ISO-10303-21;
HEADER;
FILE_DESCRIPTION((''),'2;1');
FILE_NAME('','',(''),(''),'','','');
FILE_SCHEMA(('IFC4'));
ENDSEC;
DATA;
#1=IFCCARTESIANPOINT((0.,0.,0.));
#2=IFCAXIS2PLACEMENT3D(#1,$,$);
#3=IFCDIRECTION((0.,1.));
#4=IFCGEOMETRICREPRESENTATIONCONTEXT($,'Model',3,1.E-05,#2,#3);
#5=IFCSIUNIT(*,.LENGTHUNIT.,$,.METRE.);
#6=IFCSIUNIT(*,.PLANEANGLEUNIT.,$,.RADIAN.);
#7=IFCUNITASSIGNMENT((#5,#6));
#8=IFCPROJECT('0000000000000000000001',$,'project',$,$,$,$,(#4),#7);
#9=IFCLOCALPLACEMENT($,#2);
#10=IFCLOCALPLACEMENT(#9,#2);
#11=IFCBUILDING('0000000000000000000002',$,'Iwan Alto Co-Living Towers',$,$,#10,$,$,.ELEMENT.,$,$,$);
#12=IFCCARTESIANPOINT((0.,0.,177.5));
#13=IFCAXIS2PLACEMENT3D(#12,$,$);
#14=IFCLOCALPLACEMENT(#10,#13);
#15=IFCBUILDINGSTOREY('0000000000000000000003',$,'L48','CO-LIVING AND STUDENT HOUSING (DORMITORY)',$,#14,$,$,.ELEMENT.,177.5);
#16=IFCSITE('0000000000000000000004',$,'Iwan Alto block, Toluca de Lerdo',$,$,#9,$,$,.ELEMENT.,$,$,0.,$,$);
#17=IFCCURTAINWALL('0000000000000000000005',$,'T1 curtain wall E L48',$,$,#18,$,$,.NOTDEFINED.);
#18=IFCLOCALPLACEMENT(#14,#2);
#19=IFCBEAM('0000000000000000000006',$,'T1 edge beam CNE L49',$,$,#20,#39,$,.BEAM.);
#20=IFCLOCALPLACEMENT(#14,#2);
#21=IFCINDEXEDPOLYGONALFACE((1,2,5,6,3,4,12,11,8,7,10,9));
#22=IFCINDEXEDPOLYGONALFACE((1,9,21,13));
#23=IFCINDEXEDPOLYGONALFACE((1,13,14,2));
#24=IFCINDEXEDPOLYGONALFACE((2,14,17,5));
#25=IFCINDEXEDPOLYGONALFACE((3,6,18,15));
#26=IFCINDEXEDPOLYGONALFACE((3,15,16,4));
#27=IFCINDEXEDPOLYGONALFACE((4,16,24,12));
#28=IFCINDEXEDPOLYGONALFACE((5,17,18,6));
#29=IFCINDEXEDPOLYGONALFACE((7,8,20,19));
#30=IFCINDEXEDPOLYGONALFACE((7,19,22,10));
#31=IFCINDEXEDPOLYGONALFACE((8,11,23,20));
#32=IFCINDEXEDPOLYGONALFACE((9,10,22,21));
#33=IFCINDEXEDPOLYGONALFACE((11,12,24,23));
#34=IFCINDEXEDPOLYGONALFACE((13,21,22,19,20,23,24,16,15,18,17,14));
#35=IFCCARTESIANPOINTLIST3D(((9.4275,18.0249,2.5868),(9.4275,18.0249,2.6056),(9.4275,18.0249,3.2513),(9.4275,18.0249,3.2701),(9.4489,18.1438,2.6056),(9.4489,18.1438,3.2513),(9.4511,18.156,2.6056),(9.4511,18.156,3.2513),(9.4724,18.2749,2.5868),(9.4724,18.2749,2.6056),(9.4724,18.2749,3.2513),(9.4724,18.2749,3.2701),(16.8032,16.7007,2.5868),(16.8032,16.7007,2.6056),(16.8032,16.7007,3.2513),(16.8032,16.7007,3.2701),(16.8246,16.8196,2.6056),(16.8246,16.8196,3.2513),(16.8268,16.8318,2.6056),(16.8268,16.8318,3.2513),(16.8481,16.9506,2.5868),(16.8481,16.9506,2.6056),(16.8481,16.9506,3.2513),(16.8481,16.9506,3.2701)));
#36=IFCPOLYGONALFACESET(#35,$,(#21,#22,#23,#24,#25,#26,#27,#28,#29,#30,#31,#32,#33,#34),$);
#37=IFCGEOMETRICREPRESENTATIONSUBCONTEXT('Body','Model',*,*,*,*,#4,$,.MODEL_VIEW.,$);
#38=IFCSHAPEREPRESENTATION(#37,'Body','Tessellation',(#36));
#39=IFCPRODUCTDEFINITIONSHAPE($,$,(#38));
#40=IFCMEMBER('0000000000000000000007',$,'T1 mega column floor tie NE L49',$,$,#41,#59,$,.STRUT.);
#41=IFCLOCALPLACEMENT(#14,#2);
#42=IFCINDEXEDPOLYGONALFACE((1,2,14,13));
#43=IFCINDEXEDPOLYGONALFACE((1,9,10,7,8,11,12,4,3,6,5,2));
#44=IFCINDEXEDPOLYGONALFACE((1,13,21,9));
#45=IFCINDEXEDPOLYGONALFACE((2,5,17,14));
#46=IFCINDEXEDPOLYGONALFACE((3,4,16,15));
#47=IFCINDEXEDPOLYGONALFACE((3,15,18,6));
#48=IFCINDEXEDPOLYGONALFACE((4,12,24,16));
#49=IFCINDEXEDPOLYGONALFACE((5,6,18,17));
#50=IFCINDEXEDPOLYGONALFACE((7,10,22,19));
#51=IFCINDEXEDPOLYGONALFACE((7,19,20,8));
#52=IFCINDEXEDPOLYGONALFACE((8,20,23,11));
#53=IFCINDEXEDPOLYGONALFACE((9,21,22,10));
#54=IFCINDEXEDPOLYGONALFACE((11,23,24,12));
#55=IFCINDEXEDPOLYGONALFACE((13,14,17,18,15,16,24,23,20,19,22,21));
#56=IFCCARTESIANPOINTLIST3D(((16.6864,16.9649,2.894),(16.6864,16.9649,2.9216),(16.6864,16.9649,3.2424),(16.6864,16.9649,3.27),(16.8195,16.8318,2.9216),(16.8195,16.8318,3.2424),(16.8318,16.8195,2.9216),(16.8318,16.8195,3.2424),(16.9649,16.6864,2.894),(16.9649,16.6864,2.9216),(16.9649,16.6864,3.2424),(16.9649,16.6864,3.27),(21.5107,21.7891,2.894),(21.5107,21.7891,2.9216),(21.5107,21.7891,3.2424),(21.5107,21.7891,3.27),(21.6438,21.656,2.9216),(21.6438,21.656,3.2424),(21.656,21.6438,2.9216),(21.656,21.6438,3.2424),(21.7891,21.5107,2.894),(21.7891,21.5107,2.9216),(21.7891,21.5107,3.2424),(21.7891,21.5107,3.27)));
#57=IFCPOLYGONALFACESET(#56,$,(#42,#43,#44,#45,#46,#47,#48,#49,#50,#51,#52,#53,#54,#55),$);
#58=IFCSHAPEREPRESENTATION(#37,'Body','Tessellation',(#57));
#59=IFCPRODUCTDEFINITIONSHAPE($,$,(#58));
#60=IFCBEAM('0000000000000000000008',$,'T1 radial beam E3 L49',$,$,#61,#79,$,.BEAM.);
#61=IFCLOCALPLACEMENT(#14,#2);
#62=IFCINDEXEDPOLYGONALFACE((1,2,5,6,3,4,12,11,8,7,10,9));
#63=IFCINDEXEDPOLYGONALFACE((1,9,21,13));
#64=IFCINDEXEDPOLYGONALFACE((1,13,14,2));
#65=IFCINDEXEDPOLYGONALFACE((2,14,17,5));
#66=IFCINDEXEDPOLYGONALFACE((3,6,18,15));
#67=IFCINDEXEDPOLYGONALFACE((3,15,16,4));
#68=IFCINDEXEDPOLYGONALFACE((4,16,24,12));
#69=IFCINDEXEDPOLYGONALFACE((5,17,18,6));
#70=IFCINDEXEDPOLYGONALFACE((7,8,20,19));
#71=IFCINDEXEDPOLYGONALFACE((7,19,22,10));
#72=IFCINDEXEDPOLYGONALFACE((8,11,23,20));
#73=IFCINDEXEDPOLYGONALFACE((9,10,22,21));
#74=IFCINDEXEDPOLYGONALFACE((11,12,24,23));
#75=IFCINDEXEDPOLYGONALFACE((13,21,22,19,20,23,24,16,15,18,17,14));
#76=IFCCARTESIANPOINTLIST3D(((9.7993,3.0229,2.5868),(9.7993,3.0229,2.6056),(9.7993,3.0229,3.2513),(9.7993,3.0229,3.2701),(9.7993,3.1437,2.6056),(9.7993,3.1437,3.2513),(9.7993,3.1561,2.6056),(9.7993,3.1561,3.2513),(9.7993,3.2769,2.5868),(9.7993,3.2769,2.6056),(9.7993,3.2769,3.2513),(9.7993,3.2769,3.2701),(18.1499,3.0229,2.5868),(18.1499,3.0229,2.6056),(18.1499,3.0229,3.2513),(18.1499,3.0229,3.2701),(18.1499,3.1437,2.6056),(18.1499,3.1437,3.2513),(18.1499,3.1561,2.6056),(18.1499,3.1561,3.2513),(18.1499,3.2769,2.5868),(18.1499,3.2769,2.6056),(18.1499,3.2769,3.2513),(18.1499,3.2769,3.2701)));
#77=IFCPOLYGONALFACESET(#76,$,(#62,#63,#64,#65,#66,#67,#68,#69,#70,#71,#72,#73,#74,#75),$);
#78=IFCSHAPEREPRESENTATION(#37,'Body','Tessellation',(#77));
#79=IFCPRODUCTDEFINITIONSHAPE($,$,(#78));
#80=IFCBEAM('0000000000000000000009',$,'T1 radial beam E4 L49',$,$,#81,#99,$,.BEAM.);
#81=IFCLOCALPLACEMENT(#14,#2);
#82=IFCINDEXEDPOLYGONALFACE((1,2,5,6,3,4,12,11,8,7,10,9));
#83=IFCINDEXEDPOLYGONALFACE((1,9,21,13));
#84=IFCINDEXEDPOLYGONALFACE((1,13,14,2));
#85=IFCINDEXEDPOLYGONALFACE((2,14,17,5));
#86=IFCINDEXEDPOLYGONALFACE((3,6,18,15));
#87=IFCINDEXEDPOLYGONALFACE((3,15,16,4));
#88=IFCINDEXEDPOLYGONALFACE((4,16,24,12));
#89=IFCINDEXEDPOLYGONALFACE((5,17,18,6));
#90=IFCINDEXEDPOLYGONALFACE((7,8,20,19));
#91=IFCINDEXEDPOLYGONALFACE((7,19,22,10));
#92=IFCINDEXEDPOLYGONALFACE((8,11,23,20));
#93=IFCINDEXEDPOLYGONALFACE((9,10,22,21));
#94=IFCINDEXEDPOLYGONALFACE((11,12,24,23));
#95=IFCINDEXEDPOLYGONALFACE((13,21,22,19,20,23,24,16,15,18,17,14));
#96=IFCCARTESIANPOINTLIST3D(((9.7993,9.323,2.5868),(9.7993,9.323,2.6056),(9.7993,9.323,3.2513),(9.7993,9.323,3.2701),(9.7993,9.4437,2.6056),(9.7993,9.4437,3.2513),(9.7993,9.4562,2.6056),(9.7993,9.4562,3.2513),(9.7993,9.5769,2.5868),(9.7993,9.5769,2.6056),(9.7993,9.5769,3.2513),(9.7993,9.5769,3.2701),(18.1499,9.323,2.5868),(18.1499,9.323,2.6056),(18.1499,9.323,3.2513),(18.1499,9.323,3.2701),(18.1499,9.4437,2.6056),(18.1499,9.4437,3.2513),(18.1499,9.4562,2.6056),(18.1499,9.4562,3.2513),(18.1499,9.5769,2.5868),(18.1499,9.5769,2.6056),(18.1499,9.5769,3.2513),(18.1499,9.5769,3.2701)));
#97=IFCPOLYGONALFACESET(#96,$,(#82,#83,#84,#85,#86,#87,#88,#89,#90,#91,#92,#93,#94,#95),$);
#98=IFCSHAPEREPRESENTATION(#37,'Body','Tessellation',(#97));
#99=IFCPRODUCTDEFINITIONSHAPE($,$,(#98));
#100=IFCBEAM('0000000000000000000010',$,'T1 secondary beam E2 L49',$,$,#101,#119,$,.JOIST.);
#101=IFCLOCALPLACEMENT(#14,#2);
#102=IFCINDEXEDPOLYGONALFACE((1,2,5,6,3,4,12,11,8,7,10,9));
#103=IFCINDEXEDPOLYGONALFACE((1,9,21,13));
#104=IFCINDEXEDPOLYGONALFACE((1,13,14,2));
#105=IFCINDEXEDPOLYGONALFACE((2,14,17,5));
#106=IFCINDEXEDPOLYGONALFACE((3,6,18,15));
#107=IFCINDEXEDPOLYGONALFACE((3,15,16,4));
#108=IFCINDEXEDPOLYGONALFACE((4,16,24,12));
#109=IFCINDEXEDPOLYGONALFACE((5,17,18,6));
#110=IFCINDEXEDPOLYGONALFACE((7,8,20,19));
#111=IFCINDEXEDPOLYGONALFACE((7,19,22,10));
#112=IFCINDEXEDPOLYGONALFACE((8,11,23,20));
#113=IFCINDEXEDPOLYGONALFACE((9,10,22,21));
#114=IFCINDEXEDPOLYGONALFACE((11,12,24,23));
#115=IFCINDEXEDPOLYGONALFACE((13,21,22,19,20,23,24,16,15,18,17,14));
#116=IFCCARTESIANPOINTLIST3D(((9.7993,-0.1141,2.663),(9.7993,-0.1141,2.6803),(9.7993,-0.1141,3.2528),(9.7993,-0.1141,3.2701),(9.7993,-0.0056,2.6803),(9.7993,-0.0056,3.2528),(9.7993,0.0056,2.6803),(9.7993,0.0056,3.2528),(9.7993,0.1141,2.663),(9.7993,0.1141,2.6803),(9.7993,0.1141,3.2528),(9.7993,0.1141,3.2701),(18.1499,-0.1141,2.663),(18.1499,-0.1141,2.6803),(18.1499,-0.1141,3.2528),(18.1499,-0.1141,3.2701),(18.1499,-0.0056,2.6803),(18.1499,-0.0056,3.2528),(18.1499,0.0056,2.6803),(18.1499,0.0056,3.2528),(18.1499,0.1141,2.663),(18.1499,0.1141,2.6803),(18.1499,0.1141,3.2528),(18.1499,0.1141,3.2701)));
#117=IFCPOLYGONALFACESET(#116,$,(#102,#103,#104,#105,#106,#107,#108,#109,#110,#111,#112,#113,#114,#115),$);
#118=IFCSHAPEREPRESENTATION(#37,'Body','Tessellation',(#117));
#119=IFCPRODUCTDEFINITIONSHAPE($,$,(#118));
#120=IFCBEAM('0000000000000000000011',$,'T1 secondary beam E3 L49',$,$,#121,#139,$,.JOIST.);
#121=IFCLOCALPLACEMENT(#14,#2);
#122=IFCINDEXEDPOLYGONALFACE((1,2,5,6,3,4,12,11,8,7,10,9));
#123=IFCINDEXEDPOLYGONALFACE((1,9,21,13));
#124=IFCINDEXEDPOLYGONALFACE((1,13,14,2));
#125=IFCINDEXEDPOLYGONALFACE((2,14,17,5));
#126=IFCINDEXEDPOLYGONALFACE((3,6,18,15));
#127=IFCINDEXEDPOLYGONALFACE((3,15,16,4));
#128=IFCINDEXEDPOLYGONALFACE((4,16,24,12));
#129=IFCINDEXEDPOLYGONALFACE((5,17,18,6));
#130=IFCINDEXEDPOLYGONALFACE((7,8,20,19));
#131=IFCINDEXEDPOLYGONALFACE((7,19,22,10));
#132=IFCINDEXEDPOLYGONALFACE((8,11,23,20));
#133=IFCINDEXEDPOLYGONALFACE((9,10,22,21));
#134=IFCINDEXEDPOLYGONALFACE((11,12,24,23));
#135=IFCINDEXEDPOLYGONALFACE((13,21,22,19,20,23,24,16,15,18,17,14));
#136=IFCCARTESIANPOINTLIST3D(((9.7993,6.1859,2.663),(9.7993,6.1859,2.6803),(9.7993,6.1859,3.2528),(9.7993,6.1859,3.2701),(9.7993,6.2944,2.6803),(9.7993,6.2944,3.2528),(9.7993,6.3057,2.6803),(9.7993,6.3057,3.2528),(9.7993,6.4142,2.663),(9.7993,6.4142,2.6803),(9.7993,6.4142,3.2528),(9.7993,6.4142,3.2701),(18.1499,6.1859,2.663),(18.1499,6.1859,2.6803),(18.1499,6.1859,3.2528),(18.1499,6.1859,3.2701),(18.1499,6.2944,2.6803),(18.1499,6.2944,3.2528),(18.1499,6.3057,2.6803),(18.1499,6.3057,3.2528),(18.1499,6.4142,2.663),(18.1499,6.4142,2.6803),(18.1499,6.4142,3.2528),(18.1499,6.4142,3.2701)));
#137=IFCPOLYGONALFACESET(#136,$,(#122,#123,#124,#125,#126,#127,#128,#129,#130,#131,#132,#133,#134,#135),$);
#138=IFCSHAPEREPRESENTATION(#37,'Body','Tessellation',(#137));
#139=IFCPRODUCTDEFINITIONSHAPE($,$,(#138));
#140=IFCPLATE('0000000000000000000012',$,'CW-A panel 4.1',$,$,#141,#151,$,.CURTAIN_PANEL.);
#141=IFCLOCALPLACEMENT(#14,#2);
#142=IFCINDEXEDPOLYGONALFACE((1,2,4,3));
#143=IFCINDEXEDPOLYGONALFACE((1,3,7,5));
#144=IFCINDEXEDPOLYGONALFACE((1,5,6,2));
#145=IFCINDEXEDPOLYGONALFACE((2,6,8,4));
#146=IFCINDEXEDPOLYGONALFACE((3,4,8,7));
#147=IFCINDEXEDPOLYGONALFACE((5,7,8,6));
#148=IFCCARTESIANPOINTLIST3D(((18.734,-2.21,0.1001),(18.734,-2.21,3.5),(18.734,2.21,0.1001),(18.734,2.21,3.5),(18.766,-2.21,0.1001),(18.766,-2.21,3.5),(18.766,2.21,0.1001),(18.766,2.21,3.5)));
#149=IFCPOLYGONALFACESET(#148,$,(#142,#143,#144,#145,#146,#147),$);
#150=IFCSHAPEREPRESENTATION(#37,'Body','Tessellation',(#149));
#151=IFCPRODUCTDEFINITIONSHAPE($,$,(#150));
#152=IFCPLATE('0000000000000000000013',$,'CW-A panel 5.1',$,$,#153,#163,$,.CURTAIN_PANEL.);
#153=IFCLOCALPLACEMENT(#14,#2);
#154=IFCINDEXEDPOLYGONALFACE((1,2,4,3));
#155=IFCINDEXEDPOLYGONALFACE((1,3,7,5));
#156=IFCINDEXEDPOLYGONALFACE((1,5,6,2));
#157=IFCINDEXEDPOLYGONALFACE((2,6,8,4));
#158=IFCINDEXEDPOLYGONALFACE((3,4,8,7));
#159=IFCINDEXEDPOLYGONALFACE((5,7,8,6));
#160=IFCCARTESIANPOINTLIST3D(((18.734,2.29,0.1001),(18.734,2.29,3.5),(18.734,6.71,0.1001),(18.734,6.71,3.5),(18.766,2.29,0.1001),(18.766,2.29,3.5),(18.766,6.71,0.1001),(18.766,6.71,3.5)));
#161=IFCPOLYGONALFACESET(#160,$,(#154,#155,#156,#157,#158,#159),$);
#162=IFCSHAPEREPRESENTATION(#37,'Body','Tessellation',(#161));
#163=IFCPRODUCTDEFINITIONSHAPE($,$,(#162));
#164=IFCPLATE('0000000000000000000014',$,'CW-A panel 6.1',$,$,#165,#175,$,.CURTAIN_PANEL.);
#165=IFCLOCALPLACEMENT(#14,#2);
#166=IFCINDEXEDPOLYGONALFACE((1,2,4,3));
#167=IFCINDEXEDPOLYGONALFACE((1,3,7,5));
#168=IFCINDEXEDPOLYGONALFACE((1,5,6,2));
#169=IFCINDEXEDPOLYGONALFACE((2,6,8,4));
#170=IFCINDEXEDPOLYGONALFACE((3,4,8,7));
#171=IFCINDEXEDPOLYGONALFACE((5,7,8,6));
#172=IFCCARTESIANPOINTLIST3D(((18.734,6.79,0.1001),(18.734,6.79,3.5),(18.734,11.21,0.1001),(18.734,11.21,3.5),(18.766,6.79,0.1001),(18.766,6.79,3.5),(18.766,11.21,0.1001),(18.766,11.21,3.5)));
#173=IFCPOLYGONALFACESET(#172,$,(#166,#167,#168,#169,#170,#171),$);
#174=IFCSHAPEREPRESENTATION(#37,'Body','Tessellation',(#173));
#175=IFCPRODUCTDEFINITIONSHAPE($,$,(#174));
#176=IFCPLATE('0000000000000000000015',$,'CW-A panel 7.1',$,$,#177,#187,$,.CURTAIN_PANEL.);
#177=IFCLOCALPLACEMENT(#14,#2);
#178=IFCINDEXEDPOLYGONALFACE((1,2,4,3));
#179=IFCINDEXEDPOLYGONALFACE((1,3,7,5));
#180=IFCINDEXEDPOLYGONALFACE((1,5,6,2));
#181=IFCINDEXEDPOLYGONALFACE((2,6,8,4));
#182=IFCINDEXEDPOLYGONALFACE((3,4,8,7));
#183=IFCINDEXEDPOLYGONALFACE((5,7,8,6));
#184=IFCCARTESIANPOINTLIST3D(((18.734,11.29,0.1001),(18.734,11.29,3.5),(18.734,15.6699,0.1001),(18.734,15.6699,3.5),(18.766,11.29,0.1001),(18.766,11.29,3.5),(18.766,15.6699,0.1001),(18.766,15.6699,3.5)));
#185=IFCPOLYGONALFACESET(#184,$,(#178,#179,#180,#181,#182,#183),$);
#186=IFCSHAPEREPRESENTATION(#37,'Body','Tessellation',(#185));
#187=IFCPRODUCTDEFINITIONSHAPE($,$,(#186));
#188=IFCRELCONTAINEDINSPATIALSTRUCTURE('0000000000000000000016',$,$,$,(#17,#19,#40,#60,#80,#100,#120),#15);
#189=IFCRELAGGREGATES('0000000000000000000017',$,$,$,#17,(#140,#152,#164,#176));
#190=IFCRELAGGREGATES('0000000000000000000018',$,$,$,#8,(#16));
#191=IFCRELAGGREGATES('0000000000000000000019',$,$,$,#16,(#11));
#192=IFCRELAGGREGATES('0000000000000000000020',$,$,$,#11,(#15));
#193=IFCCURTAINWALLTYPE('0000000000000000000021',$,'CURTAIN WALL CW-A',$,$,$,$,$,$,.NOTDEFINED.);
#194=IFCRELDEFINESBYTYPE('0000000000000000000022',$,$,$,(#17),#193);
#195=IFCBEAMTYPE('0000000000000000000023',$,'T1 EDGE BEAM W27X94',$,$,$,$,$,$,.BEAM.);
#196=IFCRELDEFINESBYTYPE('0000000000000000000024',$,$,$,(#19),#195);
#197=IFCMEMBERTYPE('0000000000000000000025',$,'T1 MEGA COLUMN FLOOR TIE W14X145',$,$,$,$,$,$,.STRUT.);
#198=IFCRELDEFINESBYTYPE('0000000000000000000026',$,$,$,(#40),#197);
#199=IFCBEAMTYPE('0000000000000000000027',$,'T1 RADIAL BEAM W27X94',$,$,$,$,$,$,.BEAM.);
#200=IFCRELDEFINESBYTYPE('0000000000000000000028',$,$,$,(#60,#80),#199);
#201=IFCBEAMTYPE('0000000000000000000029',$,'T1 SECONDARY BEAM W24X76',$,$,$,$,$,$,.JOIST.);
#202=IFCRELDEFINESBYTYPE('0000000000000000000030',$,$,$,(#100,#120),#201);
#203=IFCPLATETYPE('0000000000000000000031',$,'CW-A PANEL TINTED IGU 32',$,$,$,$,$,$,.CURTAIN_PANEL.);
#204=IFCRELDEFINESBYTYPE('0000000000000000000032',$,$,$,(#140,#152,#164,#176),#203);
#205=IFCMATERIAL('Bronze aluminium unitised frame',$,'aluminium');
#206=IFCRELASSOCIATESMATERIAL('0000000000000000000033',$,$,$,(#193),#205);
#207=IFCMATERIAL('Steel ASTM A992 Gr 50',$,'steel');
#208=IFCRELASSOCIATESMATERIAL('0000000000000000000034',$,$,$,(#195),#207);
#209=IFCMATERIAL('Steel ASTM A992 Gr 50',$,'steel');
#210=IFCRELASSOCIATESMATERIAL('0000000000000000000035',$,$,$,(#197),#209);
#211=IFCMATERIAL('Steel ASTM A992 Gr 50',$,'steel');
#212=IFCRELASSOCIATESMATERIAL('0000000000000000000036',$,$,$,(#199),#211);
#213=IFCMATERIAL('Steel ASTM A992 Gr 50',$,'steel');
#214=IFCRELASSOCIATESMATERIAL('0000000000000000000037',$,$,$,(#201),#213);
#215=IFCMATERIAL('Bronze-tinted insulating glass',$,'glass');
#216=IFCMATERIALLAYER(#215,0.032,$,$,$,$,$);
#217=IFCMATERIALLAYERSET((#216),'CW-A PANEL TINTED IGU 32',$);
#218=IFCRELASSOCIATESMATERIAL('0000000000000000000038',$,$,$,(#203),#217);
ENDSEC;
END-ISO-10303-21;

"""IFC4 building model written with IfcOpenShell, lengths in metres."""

from ifc_helpers import new_model, si_unit, direction, frame, origin, origin_2d, place, context, subcontext, project, spatial, rectangle, i_section, extrude, material, layer, layer_set, material_profile, profile_set, type_object, element, aggregate, save


model = new_model("IFC4")

# Units and contexts
model_context = context("Model", 3, precision=1e-05, world=origin(), true_north=direction((0.0, 1.0)))
body_context = subcontext(model_context, "Body", "Model", "MODEL_VIEW")
ifc_project = project(units=[si_unit("LENGTHUNIT", "METRE"), si_unit("PLANEANGLEUNIT", "RADIAN")], contexts=[model_context])

# Site, building, storey
site_placement = place(None, origin())
site = spatial("IfcSite", under=ifc_project, at=site_placement, Name="Iwan Alto block, Toluca de Lerdo", CompositionType="ELEMENT", RefElevation=0.0)
building_placement = place(site_placement, origin())
building = spatial("IfcBuilding", under=site, at=building_placement, Name="Iwan Alto Co-Living Towers", CompositionType="ELEMENT")
storey_placement = place(building_placement, frame((0.0, 0.0, 177.5)))
storey = spatial("IfcBuildingStorey", under=building, at=storey_placement, Name="L48", Description="CO-LIVING AND STUDENT HOUSING (DORMITORY)", CompositionType="ELEMENT", Elevation=177.5)

# Curtain wall
ifc_material_1 = material(Name="Bronze aluminium unitised frame", Category="aluminium")
curtain_wall_type_1 = type_object("IfcCurtainWallType", Name="CURTAIN WALL CW-A", PredefinedType="NOTDEFINED", material=ifc_material_1)
curtain_wall_1_placement = place(storey_placement, origin())
curtain_wall_1 = element("IfcCurtainWall", 1, at=curtain_wall_1_placement, inside=storey, type_object=curtain_wall_type_1, Name="T1 curtain wall E L48", PredefinedType="NOTDEFINED")

# Beam
ifc_material_2 = material(Name="Steel ASTM A992 Gr 50", Category="steel")
ifc_material_profile_1 = material_profile(ifc_material_2, i_section(OverallWidth=0.2539, OverallDepth=0.6833, WebThickness=0.0125, FlangeThickness=0.0188, at=origin_2d()), Name="W27X94")
ifc_profile_set_1 = profile_set([ifc_material_profile_1], Name="Steel ASTM A992 Gr 50")
beam_type_1 = type_object("IfcBeamType", Name="T1 EDGE BEAM W27X94", PredefinedType="BEAM", material=ifc_profile_set_1)
for number, where, z_axis, x_axis, name in (
    (2, (16.8257, 16.8257, 2.9285), (-0.984263, 0.176712, 0.0), (-0.176712, -0.984263, 0.0), "T1 edge beam CNE L49"),
):
    element("IfcBeam", number, at=place(storey_placement, frame(where, z_axis=z_axis, x_axis=x_axis)), inside=storey, type_object=beam_type_1, Name=name, PredefinedType="BEAM", context=body_context, shape_type="SweptSolid", body=[
        extrude(i_section(OverallWidth=0.2539, OverallDepth=0.6833, WebThickness=0.0125, FlangeThickness=0.0188, at=origin_2d()), origin(), (0.0, 0.0, 1.0), 7.4937),
    ])

# Member
ifc_material_3 = material(Name="Steel ASTM A992 Gr 50", Category="steel")
ifc_material_profile_2 = material_profile(ifc_material_3, i_section(OverallWidth=0.3938, OverallDepth=0.376, WebThickness=0.0173, FlangeThickness=0.0276, at=origin_2d()), Name="W14X145")
ifc_profile_set_2 = profile_set([ifc_material_profile_2], Name="Steel ASTM A992 Gr 50")
member_type_1 = type_object("IfcMemberType", Name="T1 MEGA COLUMN FLOOR TIE W14X145", PredefinedType="STRUT", material=ifc_profile_set_2)
member_1_placement = place(storey_placement, frame((21.6499, 21.6499, 3.082), z_axis=(-0.707107, -0.707107, 0.0), x_axis=(0.707107, -0.707107, 0.0)))
element("IfcMember", 3, at=member_1_placement, inside=storey, type_object=member_type_1, Name="T1 mega column floor tie NE L49", PredefinedType="STRUT", context=body_context, shape_type="SweptSolid", body=[
    extrude(i_section(OverallWidth=0.3938, OverallDepth=0.376, WebThickness=0.0173, FlangeThickness=0.0276, at=origin_2d()), origin(), (0.0, 0.0, 1.0), 6.8225),
])

# Beams
ifc_material_4 = material(Name="Steel ASTM A992 Gr 50", Category="steel")
ifc_material_profile_3 = material_profile(ifc_material_4, i_section(OverallWidth=0.2539, OverallDepth=0.6833, WebThickness=0.0125, FlangeThickness=0.0188, at=origin_2d()), Name="W27X94")
ifc_profile_set_3 = profile_set([ifc_material_profile_3], Name="Steel ASTM A992 Gr 50")
beam_type_2 = type_object("IfcBeamType", Name="T1 RADIAL BEAM W27X94", PredefinedType="BEAM", material=ifc_profile_set_3)
for number, where, z_axis, x_axis, name in (
    (4, (18.1499, 3.1499, 2.9285), (-1.0, 0.0, 0.0), (0.0, -1.0, 0.0), "T1 radial beam E3 L49"),
    (5, (18.1499, 9.45, 2.9285), (-1.0, 0.0, 0.0), (0.0, -1.0, 0.0), "T1 radial beam E4 L49"),
):
    element("IfcBeam", number, at=place(storey_placement, frame(where, z_axis=z_axis, x_axis=x_axis)), inside=storey, type_object=beam_type_2, Name=name, PredefinedType="BEAM", context=body_context, shape_type="SweptSolid", body=[
        extrude(i_section(OverallWidth=0.2539, OverallDepth=0.6833, WebThickness=0.0125, FlangeThickness=0.0188, at=origin_2d()), origin(), (0.0, 0.0, 1.0), 8.3506),
    ])
ifc_material_5 = material(Name="Steel ASTM A992 Gr 50", Category="steel")
ifc_material_profile_4 = material_profile(ifc_material_5, i_section(OverallWidth=0.2283, OverallDepth=0.6072, WebThickness=0.0112, FlangeThickness=0.0173, at=origin_2d()), Name="W24X76")
ifc_profile_set_4 = profile_set([ifc_material_profile_4], Name="Steel ASTM A992 Gr 50")
beam_type_3 = type_object("IfcBeamType", Name="T1 SECONDARY BEAM W24X76", PredefinedType="JOIST", material=ifc_profile_set_4)
for number, where, z_axis, x_axis, name in (
    (6, (18.1499, 0.0, 2.9666), (-1.0, 0.0, 0.0), (0.0, -1.0, 0.0), "T1 secondary beam E2 L49"),
    (7, (18.1499, 6.3, 2.9666), (-1.0, 0.0, 0.0), (0.0, -1.0, 0.0), "T1 secondary beam E3 L49"),
):
    element("IfcBeam", number, at=place(storey_placement, frame(where, z_axis=z_axis, x_axis=x_axis)), inside=storey, type_object=beam_type_3, Name=name, PredefinedType="JOIST", context=body_context, shape_type="SweptSolid", body=[
        extrude(i_section(OverallWidth=0.2283, OverallDepth=0.6072, WebThickness=0.0112, FlangeThickness=0.0173, at=origin_2d()), origin(), (0.0, 0.0, 1.0), 8.3506),
    ])

# Plates
ifc_material_6 = material(Name="Bronze-tinted insulating glass", Category="glass")
ifc_layer_1 = layer(ifc_material_6, 0.032)
ifc_layer_set_1 = layer_set([ifc_layer_1], Name="CW-A PANEL TINTED IGU 32")
plate_type_1 = type_object("IfcPlateType", Name="CW-A PANEL TINTED IGU 32", PredefinedType="CURTAIN_PANEL", material=ifc_layer_set_1)
plate_1_placement = place(storey_placement, frame((18.75, 0.0, 0.1001), z_axis=(0.0, 0.0, 1.0), x_axis=(0.0, 1.0, 0.0)))
plate_1 = element("IfcPlate", 8, at=plate_1_placement, type_object=plate_type_1, Name="CW-A panel 4.1", PredefinedType="CURTAIN_PANEL", context=body_context, shape_type="SweptSolid", body=[
    extrude(rectangle(XDim=4.4199, YDim=0.032, at=origin_2d()), origin(), (0.0, 0.0, 1.0), 3.3999),
])
plate_2_placement = place(storey_placement, frame((18.75, 4.5, 0.1001), z_axis=(0.0, 0.0, 1.0), x_axis=(0.0, 1.0, 0.0)))
plate_2 = element("IfcPlate", 9, at=plate_2_placement, type_object=plate_type_1, Name="CW-A panel 5.1", PredefinedType="CURTAIN_PANEL", context=body_context, shape_type="SweptSolid", body=[
    extrude(rectangle(XDim=4.4199, YDim=0.032, at=origin_2d()), origin(), (0.0, 0.0, 1.0), 3.3999),
])
plate_3_placement = place(storey_placement, frame((18.75, 9.0, 0.1001), z_axis=(0.0, 0.0, 1.0), x_axis=(0.0, 1.0, 0.0)))
plate_3 = element("IfcPlate", 10, at=plate_3_placement, type_object=plate_type_1, Name="CW-A panel 6.1", PredefinedType="CURTAIN_PANEL", context=body_context, shape_type="SweptSolid", body=[
    extrude(rectangle(XDim=4.4199, YDim=0.032, at=origin_2d()), origin(), (0.0, 0.0, 1.0), 3.3999),
])
plate_4_placement = place(storey_placement, frame((18.75, 13.48, 0.1001), z_axis=(0.0, 0.0, 1.0), x_axis=(0.0, 1.0, 0.0)))
plate_4 = element("IfcPlate", 11, at=plate_4_placement, type_object=plate_type_1, Name="CW-A panel 7.1", PredefinedType="CURTAIN_PANEL", context=body_context, shape_type="SweptSolid", body=[
    extrude(rectangle(XDim=4.3799, YDim=0.032, at=origin_2d()), origin(), (0.0, 0.0, 1.0), 3.3999),
])
aggregate(curtain_wall_1, [plate_1, plate_2, plate_3, plate_4])

save(model, "model.ifc")
